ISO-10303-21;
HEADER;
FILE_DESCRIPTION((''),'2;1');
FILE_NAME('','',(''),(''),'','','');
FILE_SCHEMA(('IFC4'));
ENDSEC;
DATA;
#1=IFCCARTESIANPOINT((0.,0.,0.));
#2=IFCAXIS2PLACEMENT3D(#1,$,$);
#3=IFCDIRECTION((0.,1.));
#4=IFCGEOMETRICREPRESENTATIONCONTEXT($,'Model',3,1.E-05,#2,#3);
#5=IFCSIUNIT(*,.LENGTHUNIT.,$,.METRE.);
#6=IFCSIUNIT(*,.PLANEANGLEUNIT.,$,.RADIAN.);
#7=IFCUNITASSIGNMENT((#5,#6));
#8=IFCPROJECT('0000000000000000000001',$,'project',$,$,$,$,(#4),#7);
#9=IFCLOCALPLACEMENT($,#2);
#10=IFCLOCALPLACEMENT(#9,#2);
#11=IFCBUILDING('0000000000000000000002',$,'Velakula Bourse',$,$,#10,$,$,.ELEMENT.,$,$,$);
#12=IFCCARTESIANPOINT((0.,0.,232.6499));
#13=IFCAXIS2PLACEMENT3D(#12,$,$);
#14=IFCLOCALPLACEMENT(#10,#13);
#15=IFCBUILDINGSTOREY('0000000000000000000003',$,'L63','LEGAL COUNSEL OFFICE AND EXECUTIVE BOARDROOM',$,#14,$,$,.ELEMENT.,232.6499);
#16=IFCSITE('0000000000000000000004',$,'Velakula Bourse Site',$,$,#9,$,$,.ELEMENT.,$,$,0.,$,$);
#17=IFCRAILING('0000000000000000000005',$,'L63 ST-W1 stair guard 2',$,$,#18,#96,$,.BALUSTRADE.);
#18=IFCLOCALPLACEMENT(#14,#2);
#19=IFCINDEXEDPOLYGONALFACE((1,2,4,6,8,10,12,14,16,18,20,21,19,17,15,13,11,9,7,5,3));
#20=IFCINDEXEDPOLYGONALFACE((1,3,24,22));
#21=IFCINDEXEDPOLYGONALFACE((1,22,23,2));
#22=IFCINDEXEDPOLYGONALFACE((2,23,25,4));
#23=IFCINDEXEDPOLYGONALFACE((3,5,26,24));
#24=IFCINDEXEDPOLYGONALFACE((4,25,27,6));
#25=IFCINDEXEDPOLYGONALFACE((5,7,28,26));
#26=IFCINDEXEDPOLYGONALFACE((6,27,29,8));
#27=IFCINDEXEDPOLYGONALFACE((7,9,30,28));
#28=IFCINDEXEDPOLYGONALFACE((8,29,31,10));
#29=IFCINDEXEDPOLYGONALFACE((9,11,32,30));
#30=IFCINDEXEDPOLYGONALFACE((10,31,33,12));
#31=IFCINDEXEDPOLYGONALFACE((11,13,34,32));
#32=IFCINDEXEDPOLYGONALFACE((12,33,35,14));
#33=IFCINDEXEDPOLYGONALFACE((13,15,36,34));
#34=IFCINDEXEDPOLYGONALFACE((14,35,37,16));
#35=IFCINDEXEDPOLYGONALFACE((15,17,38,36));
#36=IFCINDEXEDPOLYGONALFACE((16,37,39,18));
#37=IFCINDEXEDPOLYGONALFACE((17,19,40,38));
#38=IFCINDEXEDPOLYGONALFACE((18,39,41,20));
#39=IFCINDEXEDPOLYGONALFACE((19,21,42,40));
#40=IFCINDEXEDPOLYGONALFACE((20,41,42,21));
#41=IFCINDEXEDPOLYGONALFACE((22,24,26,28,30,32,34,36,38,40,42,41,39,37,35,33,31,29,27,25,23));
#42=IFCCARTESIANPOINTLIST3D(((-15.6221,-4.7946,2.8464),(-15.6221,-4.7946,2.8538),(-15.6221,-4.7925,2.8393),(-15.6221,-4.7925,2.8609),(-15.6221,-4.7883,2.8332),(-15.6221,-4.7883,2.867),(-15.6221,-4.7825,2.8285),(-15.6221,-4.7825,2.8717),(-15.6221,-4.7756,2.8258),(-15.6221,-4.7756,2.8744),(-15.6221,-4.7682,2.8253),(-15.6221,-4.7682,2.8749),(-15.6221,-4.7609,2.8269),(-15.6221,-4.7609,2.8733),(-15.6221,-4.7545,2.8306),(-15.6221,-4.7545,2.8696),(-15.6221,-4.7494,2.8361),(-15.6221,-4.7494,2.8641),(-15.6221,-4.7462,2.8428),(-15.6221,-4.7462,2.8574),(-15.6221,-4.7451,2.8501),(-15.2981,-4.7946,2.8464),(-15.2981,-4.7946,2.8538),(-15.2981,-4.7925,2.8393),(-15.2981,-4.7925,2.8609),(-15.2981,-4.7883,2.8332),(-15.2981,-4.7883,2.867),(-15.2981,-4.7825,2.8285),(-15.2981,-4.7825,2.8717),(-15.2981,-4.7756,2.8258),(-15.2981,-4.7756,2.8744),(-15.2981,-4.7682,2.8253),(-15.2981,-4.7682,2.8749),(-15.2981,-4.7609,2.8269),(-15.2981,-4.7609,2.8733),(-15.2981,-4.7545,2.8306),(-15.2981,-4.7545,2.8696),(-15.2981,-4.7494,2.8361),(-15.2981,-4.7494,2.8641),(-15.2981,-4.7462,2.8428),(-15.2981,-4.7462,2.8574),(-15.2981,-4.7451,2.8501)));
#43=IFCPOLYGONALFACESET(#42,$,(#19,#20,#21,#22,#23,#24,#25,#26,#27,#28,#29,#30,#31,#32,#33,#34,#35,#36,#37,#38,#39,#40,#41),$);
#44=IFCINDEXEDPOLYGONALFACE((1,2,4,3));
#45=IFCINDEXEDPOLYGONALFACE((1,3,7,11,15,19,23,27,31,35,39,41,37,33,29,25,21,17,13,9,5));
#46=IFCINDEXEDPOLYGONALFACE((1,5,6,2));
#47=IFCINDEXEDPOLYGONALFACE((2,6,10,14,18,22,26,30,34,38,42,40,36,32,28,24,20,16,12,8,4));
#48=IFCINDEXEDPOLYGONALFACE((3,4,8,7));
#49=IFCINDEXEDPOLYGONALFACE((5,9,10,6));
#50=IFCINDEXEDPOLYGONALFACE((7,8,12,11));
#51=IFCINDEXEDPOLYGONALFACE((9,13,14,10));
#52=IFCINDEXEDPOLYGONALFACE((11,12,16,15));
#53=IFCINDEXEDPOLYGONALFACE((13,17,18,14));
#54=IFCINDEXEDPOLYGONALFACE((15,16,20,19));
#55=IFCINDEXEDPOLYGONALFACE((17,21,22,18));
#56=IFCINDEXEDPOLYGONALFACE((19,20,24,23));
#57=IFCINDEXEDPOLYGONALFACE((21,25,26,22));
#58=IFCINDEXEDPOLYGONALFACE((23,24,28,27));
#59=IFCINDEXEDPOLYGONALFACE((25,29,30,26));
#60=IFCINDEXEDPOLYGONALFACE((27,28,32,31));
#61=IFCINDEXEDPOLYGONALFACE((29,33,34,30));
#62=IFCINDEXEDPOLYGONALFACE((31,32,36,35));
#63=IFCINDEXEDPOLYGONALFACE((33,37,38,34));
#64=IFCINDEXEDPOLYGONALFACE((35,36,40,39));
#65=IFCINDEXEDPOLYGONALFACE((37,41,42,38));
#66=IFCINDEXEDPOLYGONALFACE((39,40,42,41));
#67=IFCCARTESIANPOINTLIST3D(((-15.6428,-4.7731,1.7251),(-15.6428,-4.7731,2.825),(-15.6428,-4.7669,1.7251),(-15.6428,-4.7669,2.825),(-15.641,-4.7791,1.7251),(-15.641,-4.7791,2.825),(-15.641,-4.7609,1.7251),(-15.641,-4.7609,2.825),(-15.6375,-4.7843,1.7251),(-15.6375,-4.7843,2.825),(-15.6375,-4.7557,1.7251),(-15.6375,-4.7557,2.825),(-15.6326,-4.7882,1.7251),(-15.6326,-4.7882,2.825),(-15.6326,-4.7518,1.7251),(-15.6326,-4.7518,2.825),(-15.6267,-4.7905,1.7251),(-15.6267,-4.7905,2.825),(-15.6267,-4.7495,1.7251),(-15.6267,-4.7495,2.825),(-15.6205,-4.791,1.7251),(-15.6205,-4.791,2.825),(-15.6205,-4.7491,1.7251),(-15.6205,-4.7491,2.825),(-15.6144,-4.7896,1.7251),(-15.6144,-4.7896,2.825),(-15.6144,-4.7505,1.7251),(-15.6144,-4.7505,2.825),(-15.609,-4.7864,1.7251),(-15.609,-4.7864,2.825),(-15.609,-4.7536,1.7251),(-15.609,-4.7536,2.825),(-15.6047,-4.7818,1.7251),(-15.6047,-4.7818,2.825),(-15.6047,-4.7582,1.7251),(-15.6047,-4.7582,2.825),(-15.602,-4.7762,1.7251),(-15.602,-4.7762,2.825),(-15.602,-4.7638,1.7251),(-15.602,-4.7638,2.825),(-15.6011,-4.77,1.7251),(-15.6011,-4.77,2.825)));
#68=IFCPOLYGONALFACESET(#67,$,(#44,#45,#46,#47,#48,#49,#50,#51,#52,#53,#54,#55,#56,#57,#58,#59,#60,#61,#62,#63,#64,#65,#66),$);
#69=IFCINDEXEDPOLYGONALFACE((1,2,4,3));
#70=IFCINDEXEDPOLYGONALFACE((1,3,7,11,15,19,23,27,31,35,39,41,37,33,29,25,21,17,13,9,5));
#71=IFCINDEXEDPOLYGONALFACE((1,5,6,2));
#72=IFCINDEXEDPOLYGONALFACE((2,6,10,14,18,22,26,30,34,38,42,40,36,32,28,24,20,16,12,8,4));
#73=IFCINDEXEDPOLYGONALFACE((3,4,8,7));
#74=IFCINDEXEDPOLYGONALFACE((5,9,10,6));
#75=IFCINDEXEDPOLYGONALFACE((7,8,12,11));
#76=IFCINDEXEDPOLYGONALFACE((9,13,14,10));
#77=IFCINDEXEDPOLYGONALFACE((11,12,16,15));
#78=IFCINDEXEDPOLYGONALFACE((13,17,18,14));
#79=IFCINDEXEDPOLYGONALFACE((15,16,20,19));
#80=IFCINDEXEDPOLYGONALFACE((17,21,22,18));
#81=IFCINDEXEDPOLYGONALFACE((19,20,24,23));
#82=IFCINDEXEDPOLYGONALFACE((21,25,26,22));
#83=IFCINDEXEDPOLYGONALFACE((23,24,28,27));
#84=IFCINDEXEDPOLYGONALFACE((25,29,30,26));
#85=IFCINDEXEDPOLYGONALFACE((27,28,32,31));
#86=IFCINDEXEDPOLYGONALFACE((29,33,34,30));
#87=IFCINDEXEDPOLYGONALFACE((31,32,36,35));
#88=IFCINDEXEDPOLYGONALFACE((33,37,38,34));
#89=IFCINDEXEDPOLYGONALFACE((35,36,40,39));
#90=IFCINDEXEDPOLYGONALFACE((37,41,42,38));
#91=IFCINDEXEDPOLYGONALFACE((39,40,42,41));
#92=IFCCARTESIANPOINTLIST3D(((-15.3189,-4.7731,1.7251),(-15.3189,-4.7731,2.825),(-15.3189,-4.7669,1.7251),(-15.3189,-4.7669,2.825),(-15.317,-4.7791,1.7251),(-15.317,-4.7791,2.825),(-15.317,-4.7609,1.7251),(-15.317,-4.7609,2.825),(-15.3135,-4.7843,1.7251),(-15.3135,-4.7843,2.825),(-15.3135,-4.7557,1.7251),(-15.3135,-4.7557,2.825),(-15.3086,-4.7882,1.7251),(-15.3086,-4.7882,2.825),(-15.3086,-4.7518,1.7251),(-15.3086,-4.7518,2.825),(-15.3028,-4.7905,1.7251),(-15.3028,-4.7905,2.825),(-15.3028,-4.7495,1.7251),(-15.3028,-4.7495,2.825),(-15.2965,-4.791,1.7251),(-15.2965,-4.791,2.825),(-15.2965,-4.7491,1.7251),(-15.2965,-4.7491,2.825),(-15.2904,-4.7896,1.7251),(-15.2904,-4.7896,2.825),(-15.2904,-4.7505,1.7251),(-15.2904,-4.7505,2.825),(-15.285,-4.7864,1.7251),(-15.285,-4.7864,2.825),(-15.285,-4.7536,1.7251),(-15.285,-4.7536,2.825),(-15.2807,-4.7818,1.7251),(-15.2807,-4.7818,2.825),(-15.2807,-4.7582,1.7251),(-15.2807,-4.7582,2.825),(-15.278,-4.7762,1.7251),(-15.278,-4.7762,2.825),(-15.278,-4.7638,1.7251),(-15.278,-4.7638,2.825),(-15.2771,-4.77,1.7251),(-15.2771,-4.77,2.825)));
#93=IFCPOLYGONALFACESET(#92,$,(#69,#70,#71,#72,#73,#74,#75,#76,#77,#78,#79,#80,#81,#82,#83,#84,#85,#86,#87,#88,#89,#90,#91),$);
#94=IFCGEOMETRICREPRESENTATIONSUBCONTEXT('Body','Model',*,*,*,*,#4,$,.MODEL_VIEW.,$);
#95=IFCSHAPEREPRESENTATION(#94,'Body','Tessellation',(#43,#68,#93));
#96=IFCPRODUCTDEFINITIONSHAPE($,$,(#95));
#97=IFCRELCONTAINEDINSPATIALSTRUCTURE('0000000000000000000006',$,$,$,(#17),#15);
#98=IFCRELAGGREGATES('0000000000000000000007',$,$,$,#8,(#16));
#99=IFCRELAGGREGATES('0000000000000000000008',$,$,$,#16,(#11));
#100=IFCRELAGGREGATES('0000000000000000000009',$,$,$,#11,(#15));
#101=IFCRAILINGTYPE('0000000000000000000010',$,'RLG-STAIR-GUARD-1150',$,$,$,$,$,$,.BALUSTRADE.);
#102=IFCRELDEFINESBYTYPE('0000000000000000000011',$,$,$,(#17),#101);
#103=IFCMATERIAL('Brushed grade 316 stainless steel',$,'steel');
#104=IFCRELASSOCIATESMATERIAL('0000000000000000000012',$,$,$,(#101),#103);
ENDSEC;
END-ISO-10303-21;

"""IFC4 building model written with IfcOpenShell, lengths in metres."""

from ifc_helpers import new_model, si_unit, direction, frame, origin, origin_2d, place, context, subcontext, project, spatial, circle, extrude, material, type_object, element, save


model = new_model("IFC4")

# Units and contexts
model_context = context("Model", 3, precision=1e-05, world=origin(), true_north=direction((0.0, 1.0)))
body_context = subcontext(model_context, "Body", "Model", "MODEL_VIEW")
ifc_project = project(units=[si_unit("LENGTHUNIT", "METRE"), si_unit("PLANEANGLEUNIT", "RADIAN")], contexts=[model_context])

# Site, building, storey
site_placement = place(None, origin())
site = spatial("IfcSite", under=ifc_project, at=site_placement, Name="Velakula Bourse Site", CompositionType="ELEMENT", RefElevation=0.0)
building_placement = place(site_placement, origin())
building = spatial("IfcBuilding", under=site, at=building_placement, Name="Velakula Bourse", CompositionType="ELEMENT")
storey_placement = place(building_placement, frame((0.0, 0.0, 232.6499)))
storey = spatial("IfcBuildingStorey", under=building, at=storey_placement, Name="L63", Description="LEGAL COUNSEL OFFICE AND EXECUTIVE BOARDROOM", CompositionType="ELEMENT", Elevation=232.6499)

# Shared definitions
ifc_material_1 = material(Name="Brushed grade 316 stainless steel", Category="steel")

# Railing
railing_type_1 = type_object("IfcRailingType", Name="RLG-STAIR-GUARD-1150", PredefinedType="BALUSTRADE", material=ifc_material_1)
railing_1_placement = place(storey_placement, frame((-15.6221, -4.77, 1.7251)))
element("IfcRailing", 1, at=railing_1_placement, inside=storey, type_object=railing_type_1, Name="L63 ST-W1 stair guard 2", PredefinedType="BALUSTRADE", context=body_context, shape_type="SweptSolid", body=[
    extrude(circle(Radius=0.0249, at=origin_2d()), frame((0.0, 0.0, 1.125), z_axis=(1.0, 0.0, 0.0), x_axis=(0.0, 1.0, 0.0)), (0.0, 0.0, 1.0), 0.324),
    extrude(circle(Radius=0.021, at=origin_2d()), origin(), (0.0, 0.0, 1.0), 1.0999),
    extrude(circle(Radius=0.021, at=origin_2d()), frame((0.324, 0.0, 0.0)), (0.0, 0.0, 1.0), 1.0999),
])

save(model, "model.ifc")
